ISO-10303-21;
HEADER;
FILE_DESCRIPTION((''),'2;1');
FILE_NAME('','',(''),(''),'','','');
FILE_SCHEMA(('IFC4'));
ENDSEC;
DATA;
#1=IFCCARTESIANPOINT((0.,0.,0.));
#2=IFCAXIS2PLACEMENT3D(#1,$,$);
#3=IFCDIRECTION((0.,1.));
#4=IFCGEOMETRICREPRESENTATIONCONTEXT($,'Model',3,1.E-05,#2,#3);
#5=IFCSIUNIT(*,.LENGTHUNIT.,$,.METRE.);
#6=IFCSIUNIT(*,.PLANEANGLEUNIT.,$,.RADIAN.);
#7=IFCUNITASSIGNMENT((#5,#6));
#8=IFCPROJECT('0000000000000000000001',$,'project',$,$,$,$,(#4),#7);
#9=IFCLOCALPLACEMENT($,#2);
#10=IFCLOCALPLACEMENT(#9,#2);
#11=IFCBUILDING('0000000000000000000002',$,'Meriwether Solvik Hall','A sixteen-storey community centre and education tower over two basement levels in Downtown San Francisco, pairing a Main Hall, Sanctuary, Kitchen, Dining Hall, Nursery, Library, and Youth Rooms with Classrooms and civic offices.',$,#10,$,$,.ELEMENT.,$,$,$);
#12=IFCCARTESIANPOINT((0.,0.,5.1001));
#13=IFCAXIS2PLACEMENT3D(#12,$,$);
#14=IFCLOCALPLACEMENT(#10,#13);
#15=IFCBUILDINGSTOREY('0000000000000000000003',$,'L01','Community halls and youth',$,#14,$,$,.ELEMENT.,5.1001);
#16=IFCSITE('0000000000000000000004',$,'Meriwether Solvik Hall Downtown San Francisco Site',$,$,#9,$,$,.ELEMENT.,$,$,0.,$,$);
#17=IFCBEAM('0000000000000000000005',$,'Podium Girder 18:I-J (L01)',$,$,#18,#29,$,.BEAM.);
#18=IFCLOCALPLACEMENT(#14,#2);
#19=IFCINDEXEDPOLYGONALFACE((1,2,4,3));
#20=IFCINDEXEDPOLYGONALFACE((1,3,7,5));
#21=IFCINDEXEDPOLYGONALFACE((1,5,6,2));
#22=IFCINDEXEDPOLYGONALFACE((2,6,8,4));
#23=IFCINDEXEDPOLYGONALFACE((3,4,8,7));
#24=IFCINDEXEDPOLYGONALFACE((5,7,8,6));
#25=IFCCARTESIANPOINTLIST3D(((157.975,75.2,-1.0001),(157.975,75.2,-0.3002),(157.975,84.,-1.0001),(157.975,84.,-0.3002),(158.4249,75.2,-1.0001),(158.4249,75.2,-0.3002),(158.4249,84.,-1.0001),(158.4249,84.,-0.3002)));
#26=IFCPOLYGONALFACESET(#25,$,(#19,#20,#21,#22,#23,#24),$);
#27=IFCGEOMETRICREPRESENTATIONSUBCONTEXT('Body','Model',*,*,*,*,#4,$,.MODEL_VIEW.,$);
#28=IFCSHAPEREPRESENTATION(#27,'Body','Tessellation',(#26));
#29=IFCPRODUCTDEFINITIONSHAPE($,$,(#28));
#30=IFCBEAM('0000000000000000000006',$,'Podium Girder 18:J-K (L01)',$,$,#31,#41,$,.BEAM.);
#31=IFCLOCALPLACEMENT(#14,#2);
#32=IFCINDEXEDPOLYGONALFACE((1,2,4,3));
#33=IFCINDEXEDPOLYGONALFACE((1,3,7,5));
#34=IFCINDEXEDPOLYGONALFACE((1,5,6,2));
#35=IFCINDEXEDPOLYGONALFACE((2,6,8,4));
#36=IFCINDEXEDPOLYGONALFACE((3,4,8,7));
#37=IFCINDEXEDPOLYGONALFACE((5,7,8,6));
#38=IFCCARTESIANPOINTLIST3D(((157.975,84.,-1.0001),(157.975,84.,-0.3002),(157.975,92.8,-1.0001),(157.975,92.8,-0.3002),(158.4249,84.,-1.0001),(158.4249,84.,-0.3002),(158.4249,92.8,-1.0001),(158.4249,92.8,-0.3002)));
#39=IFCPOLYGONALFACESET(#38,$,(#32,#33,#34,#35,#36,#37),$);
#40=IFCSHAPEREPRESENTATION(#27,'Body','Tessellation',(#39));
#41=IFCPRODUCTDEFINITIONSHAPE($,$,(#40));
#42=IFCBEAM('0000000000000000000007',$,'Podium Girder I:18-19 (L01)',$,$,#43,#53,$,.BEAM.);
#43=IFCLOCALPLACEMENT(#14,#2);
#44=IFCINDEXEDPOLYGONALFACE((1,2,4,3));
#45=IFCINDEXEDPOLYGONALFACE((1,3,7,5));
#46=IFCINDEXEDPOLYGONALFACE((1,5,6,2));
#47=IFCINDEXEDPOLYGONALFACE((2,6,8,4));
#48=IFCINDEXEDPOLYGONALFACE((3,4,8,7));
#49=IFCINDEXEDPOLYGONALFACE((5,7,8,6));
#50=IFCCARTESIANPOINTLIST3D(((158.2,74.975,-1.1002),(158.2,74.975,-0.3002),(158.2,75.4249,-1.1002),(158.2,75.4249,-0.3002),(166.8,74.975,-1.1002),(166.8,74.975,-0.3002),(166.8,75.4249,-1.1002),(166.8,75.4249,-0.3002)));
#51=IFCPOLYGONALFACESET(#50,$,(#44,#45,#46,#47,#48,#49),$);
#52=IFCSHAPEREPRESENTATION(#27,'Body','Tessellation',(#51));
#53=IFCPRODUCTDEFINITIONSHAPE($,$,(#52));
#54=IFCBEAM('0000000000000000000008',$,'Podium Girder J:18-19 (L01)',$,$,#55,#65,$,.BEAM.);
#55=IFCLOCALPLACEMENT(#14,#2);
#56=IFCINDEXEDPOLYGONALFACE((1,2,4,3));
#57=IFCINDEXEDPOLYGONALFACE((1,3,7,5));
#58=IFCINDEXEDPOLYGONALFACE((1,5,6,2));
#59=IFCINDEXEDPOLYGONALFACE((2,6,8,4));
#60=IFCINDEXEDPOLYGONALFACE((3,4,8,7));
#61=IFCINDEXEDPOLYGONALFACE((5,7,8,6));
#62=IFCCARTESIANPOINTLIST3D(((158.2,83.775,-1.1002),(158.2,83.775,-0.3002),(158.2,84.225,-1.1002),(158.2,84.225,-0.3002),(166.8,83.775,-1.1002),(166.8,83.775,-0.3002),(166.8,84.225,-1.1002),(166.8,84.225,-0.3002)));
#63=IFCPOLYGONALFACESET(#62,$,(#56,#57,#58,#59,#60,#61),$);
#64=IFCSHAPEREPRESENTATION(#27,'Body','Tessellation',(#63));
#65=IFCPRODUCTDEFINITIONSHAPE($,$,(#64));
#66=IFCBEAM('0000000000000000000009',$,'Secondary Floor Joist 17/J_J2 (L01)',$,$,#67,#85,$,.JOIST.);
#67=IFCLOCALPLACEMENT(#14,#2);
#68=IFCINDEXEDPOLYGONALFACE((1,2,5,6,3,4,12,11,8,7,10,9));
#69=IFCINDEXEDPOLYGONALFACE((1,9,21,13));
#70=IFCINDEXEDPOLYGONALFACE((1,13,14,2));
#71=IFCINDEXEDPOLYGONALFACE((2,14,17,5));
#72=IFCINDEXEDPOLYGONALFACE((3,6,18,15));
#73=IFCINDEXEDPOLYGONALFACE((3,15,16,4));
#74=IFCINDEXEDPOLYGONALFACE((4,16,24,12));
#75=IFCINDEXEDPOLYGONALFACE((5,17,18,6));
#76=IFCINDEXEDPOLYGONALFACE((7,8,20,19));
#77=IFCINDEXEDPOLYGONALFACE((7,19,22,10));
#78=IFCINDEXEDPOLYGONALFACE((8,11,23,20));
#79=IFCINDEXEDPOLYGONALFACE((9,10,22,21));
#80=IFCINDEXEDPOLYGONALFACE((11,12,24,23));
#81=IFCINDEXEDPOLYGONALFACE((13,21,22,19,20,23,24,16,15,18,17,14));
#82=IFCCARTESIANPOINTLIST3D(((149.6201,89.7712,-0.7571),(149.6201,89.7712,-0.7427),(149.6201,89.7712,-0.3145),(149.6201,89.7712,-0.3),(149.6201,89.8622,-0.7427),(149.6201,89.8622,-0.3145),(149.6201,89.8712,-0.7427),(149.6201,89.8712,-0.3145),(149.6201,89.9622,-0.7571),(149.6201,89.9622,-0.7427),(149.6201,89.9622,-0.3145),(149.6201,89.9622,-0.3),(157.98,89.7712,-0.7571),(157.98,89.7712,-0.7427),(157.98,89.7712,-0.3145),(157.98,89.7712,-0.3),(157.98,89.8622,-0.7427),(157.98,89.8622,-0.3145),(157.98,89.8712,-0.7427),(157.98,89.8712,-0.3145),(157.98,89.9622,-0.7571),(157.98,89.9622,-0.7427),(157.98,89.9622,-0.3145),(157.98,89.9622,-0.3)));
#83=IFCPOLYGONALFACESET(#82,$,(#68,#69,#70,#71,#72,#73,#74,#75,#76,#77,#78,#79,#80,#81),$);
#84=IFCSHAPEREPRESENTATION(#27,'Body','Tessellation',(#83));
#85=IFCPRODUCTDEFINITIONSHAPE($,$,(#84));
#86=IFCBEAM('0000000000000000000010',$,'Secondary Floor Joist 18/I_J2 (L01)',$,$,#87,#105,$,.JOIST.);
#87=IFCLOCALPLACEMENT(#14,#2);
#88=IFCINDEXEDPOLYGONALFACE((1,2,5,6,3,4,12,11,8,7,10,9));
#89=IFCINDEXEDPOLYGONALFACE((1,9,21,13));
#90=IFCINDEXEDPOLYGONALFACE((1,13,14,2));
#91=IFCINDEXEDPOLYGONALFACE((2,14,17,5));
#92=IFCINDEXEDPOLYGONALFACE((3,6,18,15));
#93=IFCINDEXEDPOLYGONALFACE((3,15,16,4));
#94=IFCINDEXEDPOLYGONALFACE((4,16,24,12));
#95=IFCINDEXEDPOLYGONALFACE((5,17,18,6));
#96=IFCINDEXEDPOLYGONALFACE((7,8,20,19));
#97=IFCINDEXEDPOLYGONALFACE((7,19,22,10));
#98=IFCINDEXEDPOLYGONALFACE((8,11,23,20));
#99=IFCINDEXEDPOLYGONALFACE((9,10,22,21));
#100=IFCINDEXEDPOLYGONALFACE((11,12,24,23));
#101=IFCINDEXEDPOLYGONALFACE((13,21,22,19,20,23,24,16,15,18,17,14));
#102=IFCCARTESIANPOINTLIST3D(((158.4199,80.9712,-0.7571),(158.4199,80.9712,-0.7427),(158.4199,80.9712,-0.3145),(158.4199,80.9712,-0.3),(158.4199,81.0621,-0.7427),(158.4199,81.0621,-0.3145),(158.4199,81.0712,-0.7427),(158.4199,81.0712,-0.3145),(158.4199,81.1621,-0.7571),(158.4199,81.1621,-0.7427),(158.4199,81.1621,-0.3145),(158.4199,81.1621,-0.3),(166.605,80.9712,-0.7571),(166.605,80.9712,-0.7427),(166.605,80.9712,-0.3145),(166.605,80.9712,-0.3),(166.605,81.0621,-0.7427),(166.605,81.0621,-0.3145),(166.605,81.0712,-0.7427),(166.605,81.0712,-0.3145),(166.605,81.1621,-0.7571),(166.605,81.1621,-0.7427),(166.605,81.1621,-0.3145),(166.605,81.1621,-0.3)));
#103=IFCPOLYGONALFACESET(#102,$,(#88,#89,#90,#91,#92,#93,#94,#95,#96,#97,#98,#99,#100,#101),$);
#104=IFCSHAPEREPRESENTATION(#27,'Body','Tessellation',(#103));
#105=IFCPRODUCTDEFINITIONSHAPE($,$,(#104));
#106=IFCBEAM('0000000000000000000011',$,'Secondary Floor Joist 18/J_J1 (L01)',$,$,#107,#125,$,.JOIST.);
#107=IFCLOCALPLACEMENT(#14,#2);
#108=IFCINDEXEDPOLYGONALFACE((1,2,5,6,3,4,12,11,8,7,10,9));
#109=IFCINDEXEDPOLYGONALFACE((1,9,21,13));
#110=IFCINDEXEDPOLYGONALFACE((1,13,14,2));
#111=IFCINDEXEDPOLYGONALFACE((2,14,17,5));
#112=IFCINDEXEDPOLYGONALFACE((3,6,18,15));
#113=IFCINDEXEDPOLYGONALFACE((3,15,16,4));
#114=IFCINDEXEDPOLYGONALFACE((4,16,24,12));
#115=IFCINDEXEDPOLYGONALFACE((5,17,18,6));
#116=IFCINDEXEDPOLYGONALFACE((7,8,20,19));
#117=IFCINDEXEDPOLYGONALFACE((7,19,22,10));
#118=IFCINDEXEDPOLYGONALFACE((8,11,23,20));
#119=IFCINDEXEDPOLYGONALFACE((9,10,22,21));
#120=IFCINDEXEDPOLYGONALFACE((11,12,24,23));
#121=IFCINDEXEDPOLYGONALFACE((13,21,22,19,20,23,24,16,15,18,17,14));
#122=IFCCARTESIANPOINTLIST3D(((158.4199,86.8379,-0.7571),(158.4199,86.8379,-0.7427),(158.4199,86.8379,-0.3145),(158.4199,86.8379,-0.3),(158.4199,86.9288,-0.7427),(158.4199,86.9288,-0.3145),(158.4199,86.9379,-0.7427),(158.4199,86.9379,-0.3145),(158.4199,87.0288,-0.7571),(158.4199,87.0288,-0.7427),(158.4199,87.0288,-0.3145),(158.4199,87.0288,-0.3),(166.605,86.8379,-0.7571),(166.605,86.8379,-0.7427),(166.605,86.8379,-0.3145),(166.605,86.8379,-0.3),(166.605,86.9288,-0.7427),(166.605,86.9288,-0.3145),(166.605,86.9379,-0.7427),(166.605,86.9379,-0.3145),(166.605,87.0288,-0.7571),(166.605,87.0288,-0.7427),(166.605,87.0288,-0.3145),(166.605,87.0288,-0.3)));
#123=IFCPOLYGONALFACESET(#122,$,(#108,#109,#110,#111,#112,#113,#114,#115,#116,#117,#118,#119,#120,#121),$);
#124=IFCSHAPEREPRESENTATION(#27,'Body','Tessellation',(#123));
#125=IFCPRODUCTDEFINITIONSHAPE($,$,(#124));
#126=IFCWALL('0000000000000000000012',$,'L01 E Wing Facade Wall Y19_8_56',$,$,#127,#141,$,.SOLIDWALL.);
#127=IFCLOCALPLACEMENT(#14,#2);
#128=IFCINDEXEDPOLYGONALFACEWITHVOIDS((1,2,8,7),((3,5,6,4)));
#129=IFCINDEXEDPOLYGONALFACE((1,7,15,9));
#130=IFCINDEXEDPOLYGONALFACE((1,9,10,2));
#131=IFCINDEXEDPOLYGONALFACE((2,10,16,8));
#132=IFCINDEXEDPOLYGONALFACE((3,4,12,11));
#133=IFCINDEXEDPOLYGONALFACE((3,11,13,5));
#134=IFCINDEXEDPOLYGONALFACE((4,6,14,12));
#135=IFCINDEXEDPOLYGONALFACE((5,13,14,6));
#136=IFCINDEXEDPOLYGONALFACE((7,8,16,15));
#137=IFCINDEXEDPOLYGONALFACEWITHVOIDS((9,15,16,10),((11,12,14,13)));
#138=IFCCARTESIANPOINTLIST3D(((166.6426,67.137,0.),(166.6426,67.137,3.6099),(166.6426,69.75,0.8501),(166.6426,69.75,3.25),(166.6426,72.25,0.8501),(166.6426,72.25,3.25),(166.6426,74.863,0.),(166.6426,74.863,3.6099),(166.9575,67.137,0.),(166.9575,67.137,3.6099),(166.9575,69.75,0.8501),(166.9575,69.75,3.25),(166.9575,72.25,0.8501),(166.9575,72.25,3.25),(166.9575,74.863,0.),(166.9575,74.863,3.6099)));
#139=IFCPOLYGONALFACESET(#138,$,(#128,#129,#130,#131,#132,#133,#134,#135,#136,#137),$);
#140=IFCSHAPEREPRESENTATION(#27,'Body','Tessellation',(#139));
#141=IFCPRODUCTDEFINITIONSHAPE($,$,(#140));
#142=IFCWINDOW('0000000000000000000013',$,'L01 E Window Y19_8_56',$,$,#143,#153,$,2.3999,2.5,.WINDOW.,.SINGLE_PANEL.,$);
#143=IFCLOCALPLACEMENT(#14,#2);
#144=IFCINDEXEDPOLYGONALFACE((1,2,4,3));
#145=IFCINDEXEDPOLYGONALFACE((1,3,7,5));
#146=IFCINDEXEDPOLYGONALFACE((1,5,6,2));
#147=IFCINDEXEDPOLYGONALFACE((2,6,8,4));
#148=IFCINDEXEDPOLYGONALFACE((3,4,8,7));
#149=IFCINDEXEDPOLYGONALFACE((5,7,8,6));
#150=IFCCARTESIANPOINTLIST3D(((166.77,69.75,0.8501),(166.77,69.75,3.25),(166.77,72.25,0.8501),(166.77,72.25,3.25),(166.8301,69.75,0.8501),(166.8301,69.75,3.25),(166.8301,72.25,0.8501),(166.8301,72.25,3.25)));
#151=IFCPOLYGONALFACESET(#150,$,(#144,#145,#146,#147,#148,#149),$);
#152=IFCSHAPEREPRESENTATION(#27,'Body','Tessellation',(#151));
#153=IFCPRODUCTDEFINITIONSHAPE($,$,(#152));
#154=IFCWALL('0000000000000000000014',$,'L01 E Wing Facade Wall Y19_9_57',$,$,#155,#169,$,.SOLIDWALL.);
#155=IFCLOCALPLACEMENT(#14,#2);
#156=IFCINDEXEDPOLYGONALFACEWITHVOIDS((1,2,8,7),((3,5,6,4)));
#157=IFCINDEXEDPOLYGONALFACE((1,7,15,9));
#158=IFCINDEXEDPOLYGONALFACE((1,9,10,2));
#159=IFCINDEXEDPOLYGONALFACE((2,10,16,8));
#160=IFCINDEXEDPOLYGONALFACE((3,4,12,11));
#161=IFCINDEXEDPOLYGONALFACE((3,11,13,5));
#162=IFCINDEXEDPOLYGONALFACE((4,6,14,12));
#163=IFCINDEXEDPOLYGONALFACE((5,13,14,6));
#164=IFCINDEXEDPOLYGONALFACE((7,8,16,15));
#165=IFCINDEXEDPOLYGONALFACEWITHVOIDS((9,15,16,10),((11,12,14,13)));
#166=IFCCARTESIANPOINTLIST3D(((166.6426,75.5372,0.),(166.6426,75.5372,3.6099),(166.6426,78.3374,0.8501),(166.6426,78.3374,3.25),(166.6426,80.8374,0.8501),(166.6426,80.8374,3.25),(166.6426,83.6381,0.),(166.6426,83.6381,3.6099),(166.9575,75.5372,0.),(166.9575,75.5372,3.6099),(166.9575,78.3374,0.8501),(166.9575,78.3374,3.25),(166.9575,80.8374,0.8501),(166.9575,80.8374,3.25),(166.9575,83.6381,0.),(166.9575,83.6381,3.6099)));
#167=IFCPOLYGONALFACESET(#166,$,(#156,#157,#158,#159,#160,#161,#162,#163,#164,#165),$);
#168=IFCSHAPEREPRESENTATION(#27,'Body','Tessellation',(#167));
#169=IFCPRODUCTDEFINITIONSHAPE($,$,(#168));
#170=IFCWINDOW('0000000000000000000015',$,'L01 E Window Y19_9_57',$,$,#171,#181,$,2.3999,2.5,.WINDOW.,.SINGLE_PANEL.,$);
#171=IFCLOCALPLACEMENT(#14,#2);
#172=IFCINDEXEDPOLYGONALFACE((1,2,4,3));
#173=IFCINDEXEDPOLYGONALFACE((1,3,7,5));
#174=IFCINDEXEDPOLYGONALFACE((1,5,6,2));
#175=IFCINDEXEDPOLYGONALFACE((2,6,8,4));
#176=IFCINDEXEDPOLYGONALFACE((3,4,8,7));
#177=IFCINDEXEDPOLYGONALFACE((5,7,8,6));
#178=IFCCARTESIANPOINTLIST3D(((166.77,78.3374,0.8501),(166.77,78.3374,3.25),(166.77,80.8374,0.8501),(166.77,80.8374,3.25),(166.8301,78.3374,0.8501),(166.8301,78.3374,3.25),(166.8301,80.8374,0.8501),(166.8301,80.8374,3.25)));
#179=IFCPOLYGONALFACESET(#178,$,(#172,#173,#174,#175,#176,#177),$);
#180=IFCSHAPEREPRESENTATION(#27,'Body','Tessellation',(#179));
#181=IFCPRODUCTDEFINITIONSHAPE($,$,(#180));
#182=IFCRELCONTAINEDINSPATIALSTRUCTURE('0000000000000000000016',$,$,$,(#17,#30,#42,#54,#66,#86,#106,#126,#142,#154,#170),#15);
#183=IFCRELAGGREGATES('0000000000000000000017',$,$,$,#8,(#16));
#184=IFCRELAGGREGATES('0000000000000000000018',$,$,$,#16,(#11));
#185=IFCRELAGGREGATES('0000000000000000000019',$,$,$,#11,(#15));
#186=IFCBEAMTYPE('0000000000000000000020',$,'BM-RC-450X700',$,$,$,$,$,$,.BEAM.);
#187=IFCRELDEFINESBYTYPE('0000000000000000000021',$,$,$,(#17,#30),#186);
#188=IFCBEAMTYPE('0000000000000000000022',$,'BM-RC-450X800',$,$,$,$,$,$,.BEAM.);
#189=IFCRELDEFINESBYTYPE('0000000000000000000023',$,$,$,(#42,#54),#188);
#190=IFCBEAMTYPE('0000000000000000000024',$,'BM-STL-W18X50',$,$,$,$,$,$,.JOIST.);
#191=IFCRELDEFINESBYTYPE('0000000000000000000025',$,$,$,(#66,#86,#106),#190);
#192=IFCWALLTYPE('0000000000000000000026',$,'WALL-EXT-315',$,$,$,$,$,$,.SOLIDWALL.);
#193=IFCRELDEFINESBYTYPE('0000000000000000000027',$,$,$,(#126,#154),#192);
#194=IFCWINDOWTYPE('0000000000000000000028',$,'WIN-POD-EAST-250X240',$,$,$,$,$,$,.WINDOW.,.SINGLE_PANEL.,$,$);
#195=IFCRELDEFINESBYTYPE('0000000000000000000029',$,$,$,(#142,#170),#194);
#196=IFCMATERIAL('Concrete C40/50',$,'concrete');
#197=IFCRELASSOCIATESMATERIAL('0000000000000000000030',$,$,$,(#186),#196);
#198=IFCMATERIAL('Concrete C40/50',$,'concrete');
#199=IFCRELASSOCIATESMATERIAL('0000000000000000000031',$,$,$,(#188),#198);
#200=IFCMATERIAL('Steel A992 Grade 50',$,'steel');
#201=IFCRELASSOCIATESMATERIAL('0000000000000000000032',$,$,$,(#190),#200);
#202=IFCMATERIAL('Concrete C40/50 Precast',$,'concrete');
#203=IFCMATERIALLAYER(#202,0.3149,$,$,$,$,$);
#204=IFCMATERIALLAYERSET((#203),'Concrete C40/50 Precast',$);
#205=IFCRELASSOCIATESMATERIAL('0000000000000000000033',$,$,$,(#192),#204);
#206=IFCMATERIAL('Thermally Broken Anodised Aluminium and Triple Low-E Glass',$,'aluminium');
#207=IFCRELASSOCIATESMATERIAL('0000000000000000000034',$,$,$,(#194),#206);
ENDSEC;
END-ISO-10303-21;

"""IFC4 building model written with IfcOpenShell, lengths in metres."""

from ifc_helpers import new_model, si_unit, direction, frame, frame_2d, origin, origin_2d, place, context, subcontext, project, spatial, rectangle, i_section, extrude, material, layer, layer_set, material_profile, profile_set, type_object, element, fill, save


model = new_model("IFC4")

# Units and contexts
model_context = context("Model", 3, precision=1e-05, world=origin(), true_north=direction((0.0, 1.0)))
body_context = subcontext(model_context, "Body", "Model", "MODEL_VIEW")
ifc_project = project(units=[si_unit("LENGTHUNIT", "METRE"), si_unit("PLANEANGLEUNIT", "RADIAN")], contexts=[model_context])

# Site, building, storey
site_placement = place(None, origin())
site = spatial("IfcSite", under=ifc_project, at=site_placement, Name="Meriwether Solvik Hall Downtown San Francisco Site", CompositionType="ELEMENT", RefElevation=0.0)
building_placement = place(site_placement, origin())
building = spatial("IfcBuilding", under=site, at=building_placement, Name="Meriwether Solvik Hall", Description="A sixteen-storey community centre and education tower over two basement levels in Downtown San Francisco, pairing a Main Hall, Sanctuary, Kitchen, Dining Hall, Nursery, Library, and Youth Rooms with Classrooms and civic offices.", CompositionType="ELEMENT")
storey_placement = place(building_placement, frame((0.0, 0.0, 5.1001)))
storey = spatial("IfcBuildingStorey", under=building, at=storey_placement, Name="L01", Description="Community halls and youth", CompositionType="ELEMENT", Elevation=5.1001)

# Beams
ifc_material_1 = material(Name="Concrete C40/50", Category="concrete")
ifc_material_profile_1 = material_profile(ifc_material_1, rectangle(XDim=0.45, YDim=0.7, at=origin_2d()), Name="RCB-450X700")
ifc_profile_set_1 = profile_set([ifc_material_profile_1], Name="Concrete C40/50")
beam_type_1 = type_object("IfcBeamType", Name="BM-RC-450X700", PredefinedType="BEAM", material=ifc_profile_set_1)
for number, where, z_axis, x_axis, name in (
    (1, (158.2, 75.2, -0.6501), (0.0, 1.0, 0.0), (-1.0, 0.0, 0.0), "Podium Girder 18:I-J (L01)"),
    (2, (158.2, 84.0, -0.6501), (0.0, 1.0, 0.0), (-1.0, 0.0, 0.0), "Podium Girder 18:J-K (L01)"),
):
    element("IfcBeam", number, at=place(storey_placement, frame(where, z_axis=z_axis, x_axis=x_axis)), inside=storey, type_object=beam_type_1, Name=name, PredefinedType="BEAM", context=body_context, shape_type="SweptSolid", body=[
        extrude(rectangle(XDim=0.45, YDim=0.7, at=origin_2d()), origin(), (0.0, 0.0, 1.0), 8.8),
    ])
ifc_material_2 = material(Name="Concrete C40/50", Category="concrete")
ifc_material_profile_2 = material_profile(ifc_material_2, rectangle(XDim=0.45, YDim=0.8, at=origin_2d()), Name="RCB-450X800")
ifc_profile_set_2 = profile_set([ifc_material_profile_2], Name="Concrete C40/50")
beam_type_2 = type_object("IfcBeamType", Name="BM-RC-450X800", PredefinedType="BEAM", material=ifc_profile_set_2)
for number, where, z_axis, x_axis, name in (
    (3, (158.2, 75.2, -0.7002), (1.0, 0.0, 0.0), (0.0, 1.0, 0.0), "Podium Girder I:18-19 (L01)"),
    (4, (158.2, 84.0, -0.7002), (1.0, 0.0, 0.0), (0.0, 1.0, 0.0), "Podium Girder J:18-19 (L01)"),
):
    element("IfcBeam", number, at=place(storey_placement, frame(where, z_axis=z_axis, x_axis=x_axis)), inside=storey, type_object=beam_type_2, Name=name, PredefinedType="BEAM", context=body_context, shape_type="SweptSolid", body=[
        extrude(rectangle(XDim=0.45, YDim=0.8, at=origin_2d()), origin(), (0.0, 0.0, 1.0), 8.6001),
    ])
ifc_material_3 = material(Name="Steel A992 Grade 50", Category="steel")
ifc_material_profile_3 = material_profile(ifc_material_3, i_section(OverallWidth=0.1909, OverallDepth=0.457, WebThickness=0.009, FlangeThickness=0.0144, at=origin_2d()), Name="W18X50")
ifc_profile_set_3 = profile_set([ifc_material_profile_3], Name="Steel A992 Grade 50")
beam_type_3 = type_object("IfcBeamType", Name="BM-STL-W18X50", PredefinedType="JOIST", material=ifc_profile_set_3)
beam_placement = place(storey_placement, frame((149.6201, 89.8667, -0.5286), z_axis=(1.0, 0.0, 0.0), x_axis=(0.0, 1.0, 0.0)))
element("IfcBeam", 5, at=beam_placement, inside=storey, type_object=beam_type_3, Name="Secondary Floor Joist 17/J_J2 (L01)", PredefinedType="JOIST", context=body_context, shape_type="SweptSolid", body=[
    extrude(i_section(OverallWidth=0.1909, OverallDepth=0.457, WebThickness=0.009, FlangeThickness=0.0144, at=origin_2d()), origin(), (0.0, 0.0, 1.0), 8.3599),
])
for number, where, z_axis, x_axis, name in (
    (6, (158.4199, 81.0667, -0.5286), (1.0, 0.0, 0.0), (0.0, 1.0, 0.0), "Secondary Floor Joist 18/I_J2 (L01)"),
    (7, (158.4199, 86.9333, -0.5286), (1.0, 0.0, 0.0), (0.0, 1.0, 0.0), "Secondary Floor Joist 18/J_J1 (L01)"),
):
    element("IfcBeam", number, at=place(storey_placement, frame(where, z_axis=z_axis, x_axis=x_axis)), inside=storey, type_object=beam_type_3, Name=name, PredefinedType="JOIST", context=body_context, shape_type="SweptSolid", body=[
        extrude(i_section(OverallWidth=0.1909, OverallDepth=0.457, WebThickness=0.009, FlangeThickness=0.0144, at=origin_2d()), origin(), (0.0, 0.0, 1.0), 8.1851),
    ])

# Walls, openings, windows
ifc_material_4 = material(Name="Concrete C40/50 Precast", Category="concrete")
ifc_layer_1 = layer(ifc_material_4, 0.3149)
ifc_layer_set_1 = layer_set([ifc_layer_1], Name="Concrete C40/50 Precast")
wall_type_1 = type_object("IfcWallType", Name="WALL-EXT-315", PredefinedType="SOLIDWALL", material=ifc_layer_set_1)
wall_1_placement = place(storey_placement, frame((166.8, 74.863, 0.0), z_axis=(0.0, 0.0, 1.0), x_axis=(0.0, -1.0, 0.0)))
wall_1 = element("IfcWall", 8, at=wall_1_placement, inside=storey, type_object=wall_type_1, Name="L01 E Wing Facade Wall Y19_8_56", PredefinedType="SOLIDWALL", context=body_context, shape_type="SweptSolid", body=[
    extrude(rectangle(XDim=7.7261, YDim=0.3149, at=frame_2d((3.863, 0.0))), origin(), (0.0, 0.0, 1.0), 3.6099),
])
opening_1_placement = place(wall_1_placement, frame((2.613, 0.0, 0.8501)))
opening_1 = element("IfcOpeningElement", 9, at=opening_1_placement, cuts=wall_1, PredefinedType="OPENING", context=body_context, shape_type="SweptSolid", body=[
    extrude(rectangle(XDim=2.5, YDim=2.3999, at=frame_2d((1.25, 1.2))), frame((0.0, 0.1694, 0.0), z_axis=(0.0, -1.0, 0.0), x_axis=(1.0, 0.0, 0.0)), (0.0, 0.0, 1.0), 0.3389),
])
ifc_material_5 = material(Name="Thermally Broken Anodised Aluminium and Triple Low-E Glass", Category="aluminium")
window_type = type_object("IfcWindowType", Name="WIN-POD-EAST-250X240", PartitioningType="SINGLE_PANEL", PredefinedType="WINDOW", material=ifc_material_5)
window_1_placement = place(opening_1_placement, origin())
window_1 = element("IfcWindow", 10, at=window_1_placement, inside=storey, type_object=window_type, Name="L01 E Window Y19_8_56", OverallHeight=2.3999, OverallWidth=2.5, PartitioningType="SINGLE_PANEL", PredefinedType="WINDOW", context=body_context, shape_type="SweptSolid", body=[
    extrude(rectangle(XDim=2.5, YDim=2.3999, at=frame_2d((1.25, 1.2))), frame((0.0, 0.03, 0.0), z_axis=(0.0, -1.0, 0.0), x_axis=(1.0, 0.0, 0.0)), (0.0, 0.0, 1.0), 0.0601),
])
fill(opening_1, window_1)
wall_2_placement = place(storey_placement, frame((166.8, 83.6379, 0.0), z_axis=(0.0, 0.0, 1.0), x_axis=(0.0, -1.0, 0.0)))
wall_2 = element("IfcWall", 11, at=wall_2_placement, inside=storey, type_object=wall_type_1, Name="L01 E Wing Facade Wall Y19_9_57", PredefinedType="SOLIDWALL", context=body_context, shape_type="SweptSolid", body=[
    extrude(rectangle(XDim=8.1008, YDim=0.3149, at=frame_2d((4.0503, 0.0))), origin(), (0.0, 0.0, 1.0), 3.6099),
])
opening_2_placement = place(wall_2_placement, frame((2.8005, 0.0, 0.8501)))
opening_2 = element("IfcOpeningElement", 12, at=opening_2_placement, cuts=wall_2, PredefinedType="OPENING", context=body_context, shape_type="SweptSolid", body=[
    extrude(rectangle(XDim=2.5, YDim=2.3999, at=frame_2d((1.25, 1.2))), frame((0.0, 0.1694, 0.0), z_axis=(0.0, -1.0, 0.0), x_axis=(1.0, 0.0, 0.0)), (0.0, 0.0, 1.0), 0.3389),
])
window_2_placement = place(opening_2_placement, origin())
window_2 = element("IfcWindow", 13, at=window_2_placement, inside=storey, type_object=window_type, Name="L01 E Window Y19_9_57", OverallHeight=2.3999, OverallWidth=2.5, PartitioningType="SINGLE_PANEL", PredefinedType="WINDOW", context=body_context, shape_type="SweptSolid", body=[
    extrude(rectangle(XDim=2.5, YDim=2.3999, at=frame_2d((1.25, 1.2))), frame((0.0, 0.03, 0.0), z_axis=(0.0, -1.0, 0.0), x_axis=(1.0, 0.0, 0.0)), (0.0, 0.0, 1.0), 0.0601),
])
fill(opening_2, window_2)

save(model, "model.ifc")
